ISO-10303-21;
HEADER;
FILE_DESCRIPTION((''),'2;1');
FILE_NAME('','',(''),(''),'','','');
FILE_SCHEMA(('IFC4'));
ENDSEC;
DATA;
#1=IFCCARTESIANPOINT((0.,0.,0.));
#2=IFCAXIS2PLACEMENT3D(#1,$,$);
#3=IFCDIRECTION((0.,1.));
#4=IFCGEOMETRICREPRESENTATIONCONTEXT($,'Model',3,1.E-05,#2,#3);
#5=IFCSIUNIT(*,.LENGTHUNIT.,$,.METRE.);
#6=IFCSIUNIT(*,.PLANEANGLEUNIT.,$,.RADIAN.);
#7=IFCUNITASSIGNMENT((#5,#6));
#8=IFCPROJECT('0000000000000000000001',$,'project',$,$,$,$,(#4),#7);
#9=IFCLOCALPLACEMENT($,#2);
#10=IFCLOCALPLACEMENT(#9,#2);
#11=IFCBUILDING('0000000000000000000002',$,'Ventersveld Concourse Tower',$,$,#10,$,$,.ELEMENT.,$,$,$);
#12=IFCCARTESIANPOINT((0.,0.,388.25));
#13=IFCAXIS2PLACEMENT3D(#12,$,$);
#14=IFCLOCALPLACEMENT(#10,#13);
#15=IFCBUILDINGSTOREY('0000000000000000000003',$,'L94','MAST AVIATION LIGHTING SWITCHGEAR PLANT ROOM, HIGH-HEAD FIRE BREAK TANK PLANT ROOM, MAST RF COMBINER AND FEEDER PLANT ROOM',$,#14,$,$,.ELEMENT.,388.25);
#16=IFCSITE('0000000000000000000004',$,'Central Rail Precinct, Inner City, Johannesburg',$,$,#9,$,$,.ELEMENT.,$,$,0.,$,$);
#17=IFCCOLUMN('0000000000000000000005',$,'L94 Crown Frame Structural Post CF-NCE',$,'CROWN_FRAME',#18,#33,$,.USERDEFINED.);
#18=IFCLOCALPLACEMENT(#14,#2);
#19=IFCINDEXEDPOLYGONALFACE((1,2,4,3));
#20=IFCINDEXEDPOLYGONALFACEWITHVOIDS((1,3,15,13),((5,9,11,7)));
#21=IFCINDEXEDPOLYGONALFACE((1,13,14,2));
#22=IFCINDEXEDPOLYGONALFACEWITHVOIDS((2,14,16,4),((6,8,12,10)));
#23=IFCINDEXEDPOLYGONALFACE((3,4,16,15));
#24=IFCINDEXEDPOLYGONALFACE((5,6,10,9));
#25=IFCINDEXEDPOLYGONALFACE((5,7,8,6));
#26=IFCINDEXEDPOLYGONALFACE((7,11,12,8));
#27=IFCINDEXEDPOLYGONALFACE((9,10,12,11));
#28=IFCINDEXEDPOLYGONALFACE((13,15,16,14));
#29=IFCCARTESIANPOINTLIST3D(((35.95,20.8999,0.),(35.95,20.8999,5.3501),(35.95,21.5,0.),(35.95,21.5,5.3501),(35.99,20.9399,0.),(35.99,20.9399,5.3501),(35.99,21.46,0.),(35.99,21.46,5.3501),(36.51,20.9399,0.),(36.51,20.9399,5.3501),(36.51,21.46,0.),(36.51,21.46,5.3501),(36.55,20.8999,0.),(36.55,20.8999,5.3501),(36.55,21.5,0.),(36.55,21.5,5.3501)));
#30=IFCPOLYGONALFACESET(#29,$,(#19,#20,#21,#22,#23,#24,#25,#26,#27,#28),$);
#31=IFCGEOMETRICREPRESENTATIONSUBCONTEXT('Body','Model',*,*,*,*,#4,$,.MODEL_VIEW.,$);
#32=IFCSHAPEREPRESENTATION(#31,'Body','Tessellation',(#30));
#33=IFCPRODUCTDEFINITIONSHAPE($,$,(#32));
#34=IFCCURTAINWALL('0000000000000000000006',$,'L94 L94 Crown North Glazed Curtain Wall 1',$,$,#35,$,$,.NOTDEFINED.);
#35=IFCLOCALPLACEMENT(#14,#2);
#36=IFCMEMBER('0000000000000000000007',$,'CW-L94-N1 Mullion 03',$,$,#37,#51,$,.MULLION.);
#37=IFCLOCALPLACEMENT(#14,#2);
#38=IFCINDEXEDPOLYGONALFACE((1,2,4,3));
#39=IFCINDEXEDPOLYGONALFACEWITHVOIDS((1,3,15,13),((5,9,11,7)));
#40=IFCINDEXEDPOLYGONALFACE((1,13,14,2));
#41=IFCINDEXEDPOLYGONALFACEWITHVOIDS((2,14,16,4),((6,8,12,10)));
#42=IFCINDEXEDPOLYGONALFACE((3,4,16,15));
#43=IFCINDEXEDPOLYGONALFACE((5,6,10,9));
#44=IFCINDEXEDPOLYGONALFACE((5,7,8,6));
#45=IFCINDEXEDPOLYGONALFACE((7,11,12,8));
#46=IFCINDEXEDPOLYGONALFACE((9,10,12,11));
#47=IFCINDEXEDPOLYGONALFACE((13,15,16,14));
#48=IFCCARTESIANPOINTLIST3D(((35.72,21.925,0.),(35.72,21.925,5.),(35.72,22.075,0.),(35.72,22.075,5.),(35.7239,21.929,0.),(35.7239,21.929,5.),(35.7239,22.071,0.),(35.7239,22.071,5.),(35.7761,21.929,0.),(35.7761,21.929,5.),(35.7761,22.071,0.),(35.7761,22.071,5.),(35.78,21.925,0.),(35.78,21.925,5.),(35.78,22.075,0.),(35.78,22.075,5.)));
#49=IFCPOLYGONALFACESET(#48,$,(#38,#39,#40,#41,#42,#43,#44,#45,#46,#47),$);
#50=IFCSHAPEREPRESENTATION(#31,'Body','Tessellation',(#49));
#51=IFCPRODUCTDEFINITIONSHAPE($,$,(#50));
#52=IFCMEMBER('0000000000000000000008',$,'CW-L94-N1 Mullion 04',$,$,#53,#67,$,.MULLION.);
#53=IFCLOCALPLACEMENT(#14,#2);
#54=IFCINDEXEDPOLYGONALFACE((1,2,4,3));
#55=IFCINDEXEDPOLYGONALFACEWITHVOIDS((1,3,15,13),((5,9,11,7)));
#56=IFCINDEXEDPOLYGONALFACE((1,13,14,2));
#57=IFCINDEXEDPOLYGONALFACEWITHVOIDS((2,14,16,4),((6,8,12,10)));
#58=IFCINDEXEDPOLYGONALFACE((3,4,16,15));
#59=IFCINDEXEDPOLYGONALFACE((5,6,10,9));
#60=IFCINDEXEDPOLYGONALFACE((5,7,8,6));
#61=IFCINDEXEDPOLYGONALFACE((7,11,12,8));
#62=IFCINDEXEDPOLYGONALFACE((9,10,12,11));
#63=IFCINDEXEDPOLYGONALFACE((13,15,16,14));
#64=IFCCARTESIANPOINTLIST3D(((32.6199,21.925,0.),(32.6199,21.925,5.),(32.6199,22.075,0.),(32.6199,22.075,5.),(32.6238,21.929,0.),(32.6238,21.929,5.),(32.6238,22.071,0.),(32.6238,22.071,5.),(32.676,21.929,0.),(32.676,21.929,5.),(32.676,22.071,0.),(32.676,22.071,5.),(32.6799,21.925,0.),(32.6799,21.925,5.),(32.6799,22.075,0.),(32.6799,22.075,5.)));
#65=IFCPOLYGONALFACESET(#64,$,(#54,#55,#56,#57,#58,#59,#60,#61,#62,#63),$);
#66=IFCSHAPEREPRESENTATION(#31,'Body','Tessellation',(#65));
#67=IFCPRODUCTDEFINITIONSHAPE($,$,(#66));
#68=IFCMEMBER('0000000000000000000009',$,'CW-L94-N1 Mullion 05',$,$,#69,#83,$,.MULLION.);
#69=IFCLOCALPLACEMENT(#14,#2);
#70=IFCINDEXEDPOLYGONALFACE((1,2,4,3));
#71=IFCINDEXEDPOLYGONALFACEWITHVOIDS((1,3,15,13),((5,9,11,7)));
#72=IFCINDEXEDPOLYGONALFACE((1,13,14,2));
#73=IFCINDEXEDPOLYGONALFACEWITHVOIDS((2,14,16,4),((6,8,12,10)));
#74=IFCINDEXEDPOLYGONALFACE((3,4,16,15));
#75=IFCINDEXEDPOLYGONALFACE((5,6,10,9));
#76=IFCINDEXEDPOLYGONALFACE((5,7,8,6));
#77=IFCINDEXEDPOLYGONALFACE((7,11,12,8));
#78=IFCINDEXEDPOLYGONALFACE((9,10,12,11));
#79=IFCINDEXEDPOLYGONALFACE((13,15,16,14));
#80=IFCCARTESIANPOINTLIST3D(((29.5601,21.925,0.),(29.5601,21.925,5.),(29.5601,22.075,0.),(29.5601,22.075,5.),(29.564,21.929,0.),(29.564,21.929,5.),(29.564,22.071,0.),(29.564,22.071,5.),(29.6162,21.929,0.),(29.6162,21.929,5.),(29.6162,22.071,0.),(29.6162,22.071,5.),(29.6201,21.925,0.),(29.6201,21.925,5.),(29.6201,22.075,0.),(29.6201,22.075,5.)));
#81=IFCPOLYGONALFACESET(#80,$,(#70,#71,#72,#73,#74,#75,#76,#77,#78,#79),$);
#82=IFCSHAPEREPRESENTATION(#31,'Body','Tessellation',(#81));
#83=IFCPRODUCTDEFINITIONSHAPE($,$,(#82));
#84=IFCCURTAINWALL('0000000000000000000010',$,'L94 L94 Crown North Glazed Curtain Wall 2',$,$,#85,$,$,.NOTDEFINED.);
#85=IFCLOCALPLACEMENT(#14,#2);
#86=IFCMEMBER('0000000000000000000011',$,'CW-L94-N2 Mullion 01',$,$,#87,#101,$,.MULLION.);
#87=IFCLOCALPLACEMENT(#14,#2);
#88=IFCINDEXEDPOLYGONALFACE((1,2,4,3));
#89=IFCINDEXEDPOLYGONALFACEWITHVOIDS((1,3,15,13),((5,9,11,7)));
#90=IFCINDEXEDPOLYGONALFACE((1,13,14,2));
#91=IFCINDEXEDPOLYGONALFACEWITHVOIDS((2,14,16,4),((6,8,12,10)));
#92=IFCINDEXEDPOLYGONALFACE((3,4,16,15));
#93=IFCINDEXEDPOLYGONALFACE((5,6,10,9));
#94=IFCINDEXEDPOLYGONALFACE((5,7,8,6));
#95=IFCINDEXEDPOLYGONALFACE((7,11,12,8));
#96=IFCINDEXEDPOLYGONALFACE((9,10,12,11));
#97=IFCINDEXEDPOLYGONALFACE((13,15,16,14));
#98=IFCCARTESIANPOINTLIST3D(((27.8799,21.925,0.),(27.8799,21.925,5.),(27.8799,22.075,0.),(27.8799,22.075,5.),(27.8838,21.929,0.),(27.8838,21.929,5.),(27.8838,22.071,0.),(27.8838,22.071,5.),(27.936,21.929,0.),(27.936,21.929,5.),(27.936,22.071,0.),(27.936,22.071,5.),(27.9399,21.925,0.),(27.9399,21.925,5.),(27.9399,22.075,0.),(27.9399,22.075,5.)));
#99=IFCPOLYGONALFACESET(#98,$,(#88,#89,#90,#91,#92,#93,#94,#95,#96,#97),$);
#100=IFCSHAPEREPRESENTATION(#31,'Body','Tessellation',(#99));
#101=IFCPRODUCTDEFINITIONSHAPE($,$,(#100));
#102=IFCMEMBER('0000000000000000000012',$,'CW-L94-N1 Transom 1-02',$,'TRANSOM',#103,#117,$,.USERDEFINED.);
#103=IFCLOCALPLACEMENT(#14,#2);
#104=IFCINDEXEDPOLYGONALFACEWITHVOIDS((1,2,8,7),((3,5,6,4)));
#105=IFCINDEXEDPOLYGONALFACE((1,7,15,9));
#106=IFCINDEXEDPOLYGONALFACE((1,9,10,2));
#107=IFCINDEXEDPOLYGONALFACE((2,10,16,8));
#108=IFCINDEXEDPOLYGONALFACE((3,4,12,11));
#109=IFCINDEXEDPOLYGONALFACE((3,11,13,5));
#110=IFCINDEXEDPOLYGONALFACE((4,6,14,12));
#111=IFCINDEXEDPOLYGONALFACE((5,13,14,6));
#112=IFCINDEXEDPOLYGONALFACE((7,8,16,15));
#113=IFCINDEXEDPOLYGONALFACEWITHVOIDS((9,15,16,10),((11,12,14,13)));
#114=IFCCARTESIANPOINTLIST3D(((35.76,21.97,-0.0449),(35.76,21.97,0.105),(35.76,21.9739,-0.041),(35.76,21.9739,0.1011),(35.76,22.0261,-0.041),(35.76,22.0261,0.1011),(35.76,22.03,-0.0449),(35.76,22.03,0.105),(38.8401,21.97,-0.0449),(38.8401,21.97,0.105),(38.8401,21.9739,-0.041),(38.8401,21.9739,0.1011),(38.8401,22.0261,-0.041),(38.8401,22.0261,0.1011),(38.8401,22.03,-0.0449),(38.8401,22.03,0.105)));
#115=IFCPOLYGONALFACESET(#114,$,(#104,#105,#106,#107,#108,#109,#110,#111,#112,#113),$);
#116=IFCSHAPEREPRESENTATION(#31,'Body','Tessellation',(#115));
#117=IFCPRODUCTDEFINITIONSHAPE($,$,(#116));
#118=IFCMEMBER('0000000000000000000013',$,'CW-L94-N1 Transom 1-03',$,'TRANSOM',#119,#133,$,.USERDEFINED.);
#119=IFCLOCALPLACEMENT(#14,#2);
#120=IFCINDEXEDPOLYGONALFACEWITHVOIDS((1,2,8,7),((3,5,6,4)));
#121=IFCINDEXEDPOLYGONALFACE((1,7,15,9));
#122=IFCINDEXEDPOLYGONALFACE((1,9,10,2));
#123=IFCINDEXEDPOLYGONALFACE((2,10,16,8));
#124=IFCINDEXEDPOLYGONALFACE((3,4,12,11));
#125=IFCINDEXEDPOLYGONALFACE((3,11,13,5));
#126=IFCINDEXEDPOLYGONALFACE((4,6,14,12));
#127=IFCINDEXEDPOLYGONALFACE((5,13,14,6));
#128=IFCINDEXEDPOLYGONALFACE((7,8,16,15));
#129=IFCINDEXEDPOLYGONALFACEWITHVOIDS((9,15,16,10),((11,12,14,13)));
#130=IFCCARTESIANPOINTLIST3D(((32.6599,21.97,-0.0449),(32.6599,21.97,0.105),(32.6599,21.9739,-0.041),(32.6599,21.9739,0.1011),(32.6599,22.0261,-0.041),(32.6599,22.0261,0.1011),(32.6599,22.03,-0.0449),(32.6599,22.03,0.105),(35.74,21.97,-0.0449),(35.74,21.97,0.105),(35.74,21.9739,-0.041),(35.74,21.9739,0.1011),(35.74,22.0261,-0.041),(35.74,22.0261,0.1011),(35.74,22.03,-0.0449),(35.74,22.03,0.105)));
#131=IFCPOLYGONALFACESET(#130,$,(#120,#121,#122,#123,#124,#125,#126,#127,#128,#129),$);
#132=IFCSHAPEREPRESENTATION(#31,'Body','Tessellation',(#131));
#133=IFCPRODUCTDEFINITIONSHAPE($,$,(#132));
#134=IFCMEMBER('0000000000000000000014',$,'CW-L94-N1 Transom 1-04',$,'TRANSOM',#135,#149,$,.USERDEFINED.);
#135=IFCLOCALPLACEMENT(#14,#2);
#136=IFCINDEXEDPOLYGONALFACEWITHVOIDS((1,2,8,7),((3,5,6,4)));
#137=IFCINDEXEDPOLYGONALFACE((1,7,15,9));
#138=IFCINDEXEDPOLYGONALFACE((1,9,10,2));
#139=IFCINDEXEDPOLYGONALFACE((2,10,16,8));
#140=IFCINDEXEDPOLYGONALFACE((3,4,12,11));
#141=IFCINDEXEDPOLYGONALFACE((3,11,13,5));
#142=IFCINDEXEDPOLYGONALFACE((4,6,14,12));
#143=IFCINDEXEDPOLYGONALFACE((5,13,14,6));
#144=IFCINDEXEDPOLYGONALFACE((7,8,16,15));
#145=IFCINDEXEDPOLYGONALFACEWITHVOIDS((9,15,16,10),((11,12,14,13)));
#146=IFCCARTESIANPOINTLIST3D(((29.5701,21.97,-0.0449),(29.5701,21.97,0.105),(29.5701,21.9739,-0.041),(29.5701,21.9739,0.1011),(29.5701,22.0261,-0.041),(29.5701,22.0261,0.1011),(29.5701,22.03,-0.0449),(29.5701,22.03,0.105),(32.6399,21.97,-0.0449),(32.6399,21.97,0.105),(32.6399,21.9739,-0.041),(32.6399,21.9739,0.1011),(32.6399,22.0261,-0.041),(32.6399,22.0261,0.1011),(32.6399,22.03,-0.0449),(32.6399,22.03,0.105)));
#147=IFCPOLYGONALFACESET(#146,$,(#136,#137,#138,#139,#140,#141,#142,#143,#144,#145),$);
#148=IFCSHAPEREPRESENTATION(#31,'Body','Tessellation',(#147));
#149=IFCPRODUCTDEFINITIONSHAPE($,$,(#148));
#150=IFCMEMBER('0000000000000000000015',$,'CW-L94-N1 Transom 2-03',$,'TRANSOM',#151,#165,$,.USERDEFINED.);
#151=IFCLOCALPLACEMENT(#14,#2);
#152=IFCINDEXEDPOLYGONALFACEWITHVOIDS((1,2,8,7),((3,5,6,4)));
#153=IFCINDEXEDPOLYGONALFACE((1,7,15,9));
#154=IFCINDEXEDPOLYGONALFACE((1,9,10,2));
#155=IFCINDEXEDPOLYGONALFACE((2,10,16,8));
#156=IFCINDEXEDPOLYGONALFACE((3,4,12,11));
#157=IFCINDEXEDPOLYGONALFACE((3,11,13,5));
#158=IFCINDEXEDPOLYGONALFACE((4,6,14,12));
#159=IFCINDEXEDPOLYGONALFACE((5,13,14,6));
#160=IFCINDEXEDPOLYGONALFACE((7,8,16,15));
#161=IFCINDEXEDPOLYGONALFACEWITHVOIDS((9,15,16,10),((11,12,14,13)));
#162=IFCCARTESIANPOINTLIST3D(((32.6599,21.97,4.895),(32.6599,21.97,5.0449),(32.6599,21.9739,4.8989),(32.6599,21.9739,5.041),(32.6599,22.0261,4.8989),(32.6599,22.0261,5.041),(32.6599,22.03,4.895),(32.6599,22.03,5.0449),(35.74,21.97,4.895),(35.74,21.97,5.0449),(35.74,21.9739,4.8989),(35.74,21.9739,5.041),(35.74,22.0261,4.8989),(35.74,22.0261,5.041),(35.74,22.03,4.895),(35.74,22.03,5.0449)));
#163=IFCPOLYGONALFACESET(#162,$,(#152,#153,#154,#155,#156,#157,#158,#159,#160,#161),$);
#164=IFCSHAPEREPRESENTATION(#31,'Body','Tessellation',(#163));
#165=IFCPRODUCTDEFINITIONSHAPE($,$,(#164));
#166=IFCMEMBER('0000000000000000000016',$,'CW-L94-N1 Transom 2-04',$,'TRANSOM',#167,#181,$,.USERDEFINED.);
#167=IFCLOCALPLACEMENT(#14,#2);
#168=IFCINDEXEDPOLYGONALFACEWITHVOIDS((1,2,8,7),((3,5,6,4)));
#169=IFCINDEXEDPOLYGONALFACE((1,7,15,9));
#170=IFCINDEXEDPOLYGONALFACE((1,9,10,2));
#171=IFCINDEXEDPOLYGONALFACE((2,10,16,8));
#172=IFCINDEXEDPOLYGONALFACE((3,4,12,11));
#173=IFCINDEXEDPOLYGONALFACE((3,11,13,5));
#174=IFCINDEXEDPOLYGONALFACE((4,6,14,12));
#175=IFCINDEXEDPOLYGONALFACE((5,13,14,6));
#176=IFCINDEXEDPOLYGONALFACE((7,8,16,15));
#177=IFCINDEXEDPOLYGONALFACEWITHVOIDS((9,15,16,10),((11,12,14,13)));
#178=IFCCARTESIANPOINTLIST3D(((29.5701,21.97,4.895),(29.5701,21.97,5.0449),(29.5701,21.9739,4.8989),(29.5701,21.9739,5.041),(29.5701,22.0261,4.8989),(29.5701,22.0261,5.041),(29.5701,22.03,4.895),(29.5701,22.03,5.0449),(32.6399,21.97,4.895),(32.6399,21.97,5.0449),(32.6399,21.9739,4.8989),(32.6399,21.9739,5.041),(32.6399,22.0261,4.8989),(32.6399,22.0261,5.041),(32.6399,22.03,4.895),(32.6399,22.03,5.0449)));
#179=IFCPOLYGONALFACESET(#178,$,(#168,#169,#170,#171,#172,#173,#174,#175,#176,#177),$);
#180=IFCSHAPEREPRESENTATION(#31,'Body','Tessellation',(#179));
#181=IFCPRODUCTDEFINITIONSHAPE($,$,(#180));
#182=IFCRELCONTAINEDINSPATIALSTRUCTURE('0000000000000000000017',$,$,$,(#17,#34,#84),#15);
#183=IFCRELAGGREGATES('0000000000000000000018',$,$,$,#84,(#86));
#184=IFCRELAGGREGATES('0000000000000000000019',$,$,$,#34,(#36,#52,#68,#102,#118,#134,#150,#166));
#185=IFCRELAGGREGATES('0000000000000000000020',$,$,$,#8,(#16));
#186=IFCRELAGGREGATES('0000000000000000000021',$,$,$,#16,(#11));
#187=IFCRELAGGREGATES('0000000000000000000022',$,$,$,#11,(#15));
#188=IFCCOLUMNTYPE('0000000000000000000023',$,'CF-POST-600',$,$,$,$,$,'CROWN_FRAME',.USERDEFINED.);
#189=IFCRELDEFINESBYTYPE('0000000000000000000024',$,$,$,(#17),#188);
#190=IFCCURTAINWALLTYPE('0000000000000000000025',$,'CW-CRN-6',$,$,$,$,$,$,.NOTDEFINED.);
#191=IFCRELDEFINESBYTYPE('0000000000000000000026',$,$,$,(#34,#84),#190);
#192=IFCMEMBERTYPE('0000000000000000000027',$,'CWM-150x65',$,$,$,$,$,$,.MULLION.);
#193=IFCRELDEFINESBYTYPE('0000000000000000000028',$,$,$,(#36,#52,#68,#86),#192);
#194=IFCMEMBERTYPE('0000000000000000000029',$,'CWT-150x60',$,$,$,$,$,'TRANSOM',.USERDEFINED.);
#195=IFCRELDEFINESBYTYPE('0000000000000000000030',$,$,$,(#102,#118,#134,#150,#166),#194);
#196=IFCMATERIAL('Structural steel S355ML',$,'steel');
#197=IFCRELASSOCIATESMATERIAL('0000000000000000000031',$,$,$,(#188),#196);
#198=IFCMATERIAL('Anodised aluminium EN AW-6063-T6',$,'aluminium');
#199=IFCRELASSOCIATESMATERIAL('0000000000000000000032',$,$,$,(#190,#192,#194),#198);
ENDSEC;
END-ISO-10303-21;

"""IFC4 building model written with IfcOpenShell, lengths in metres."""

from ifc_helpers import new_model, si_unit, direction, frame, origin, origin_2d, place, context, subcontext, project, spatial, hollow_rectangle, extrude, material, material_profile, profile_set, type_object, element, aggregate, save


model = new_model("IFC4")

# Units and contexts
model_context = context("Model", 3, precision=1e-05, world=origin(), true_north=direction((0.0, 1.0)))
body_context = subcontext(model_context, "Body", "Model", "MODEL_VIEW")
ifc_project = project(units=[si_unit("LENGTHUNIT", "METRE"), si_unit("PLANEANGLEUNIT", "RADIAN")], contexts=[model_context])

# Site, building, storey
site_placement = place(None, origin())
site = spatial("IfcSite", under=ifc_project, at=site_placement, Name="Central Rail Precinct, Inner City, Johannesburg", CompositionType="ELEMENT", RefElevation=0.0)
building_placement = place(site_placement, origin())
building = spatial("IfcBuilding", under=site, at=building_placement, Name="Ventersveld Concourse Tower", CompositionType="ELEMENT")
storey_placement = place(building_placement, frame((0.0, 0.0, 388.25)))
storey = spatial("IfcBuildingStorey", under=building, at=storey_placement, Name="L94", Description="MAST AVIATION LIGHTING SWITCHGEAR PLANT ROOM, HIGH-HEAD FIRE BREAK TANK PLANT ROOM, MAST RF COMBINER AND FEEDER PLANT ROOM", CompositionType="ELEMENT", Elevation=388.25)

# Column
ifc_material_1 = material(Name="Structural steel S355ML", Category="steel")
ifc_material_profile_1 = material_profile(ifc_material_1, hollow_rectangle(XDim=0.6001, YDim=0.6001, WallThickness=0.04, at=origin_2d()), Name="BOX 600x600x40")
ifc_profile_set_1 = profile_set([ifc_material_profile_1], Name="Structural steel S355ML")
column_type = type_object("IfcColumnType", Name="CF-POST-600", ElementType="CROWN_FRAME", PredefinedType="USERDEFINED", material=ifc_profile_set_1)
column_placement = place(storey_placement, frame((36.25, 21.2, 0.0), z_axis=(0.0, 0.0, 1.0), x_axis=(1.0, 0.0, 0.0)))
element("IfcColumn", 1, at=column_placement, inside=storey, type_object=column_type, Name="L94 Crown Frame Structural Post CF-NCE", ObjectType="CROWN_FRAME", PredefinedType="USERDEFINED", context=body_context, shape_type="SweptSolid", body=[
    extrude(hollow_rectangle(XDim=0.6001, YDim=0.6001, WallThickness=0.04, at=origin_2d()), origin(), (0.0, 0.0, 1.0), 5.3501),
])

# Curtain wall, members
ifc_material_2 = material(Name="Anodised aluminium EN AW-6063-T6", Category="aluminium")
curtain_wall_type = type_object("IfcCurtainWallType", Name="CW-CRN-6", PredefinedType="NOTDEFINED", material=ifc_material_2)
curtain_wall_1_placement = place(storey_placement, origin())
curtain_wall_1 = element("IfcCurtainWall", 2, at=curtain_wall_1_placement, inside=storey, type_object=curtain_wall_type, Name="L94 L94 Crown North Glazed Curtain Wall 1", PredefinedType="NOTDEFINED")
ifc_material_profile_2 = material_profile(ifc_material_2, hollow_rectangle(XDim=0.0601, YDim=0.1499, WallThickness=0.0039, at=origin_2d()), Name="ALU 150x60x4")
ifc_profile_set_2 = profile_set([ifc_material_profile_2], Name="Anodised aluminium EN AW-6063-T6")
member_type_1 = type_object("IfcMemberType", Name="CWM-150x65", PredefinedType="MULLION", material=ifc_profile_set_2)
member_1_placement = place(storey_placement, frame((35.75, 22.0, 0.0), z_axis=(0.0, 0.0, 1.0), x_axis=(1.0, 0.0, 0.0)))
member_1 = element("IfcMember", 3, at=member_1_placement, type_object=member_type_1, Name="CW-L94-N1 Mullion 03", PredefinedType="MULLION", context=body_context, shape_type="SweptSolid", body=[
    extrude(hollow_rectangle(XDim=0.0601, YDim=0.1499, WallThickness=0.0039, at=origin_2d()), origin(), (0.0, 0.0, 1.0), 5.0),
])
member_2_placement = place(storey_placement, frame((32.6499, 22.0, 0.0), z_axis=(0.0, 0.0, 1.0), x_axis=(1.0, 0.0, 0.0)))
member_2 = element("IfcMember", 4, at=member_2_placement, type_object=member_type_1, Name="CW-L94-N1 Mullion 04", PredefinedType="MULLION", context=body_context, shape_type="SweptSolid", body=[
    extrude(hollow_rectangle(XDim=0.0601, YDim=0.1499, WallThickness=0.0039, at=origin_2d()), origin(), (0.0, 0.0, 1.0), 5.0),
])
member_3_placement = place(storey_placement, frame((29.5901, 22.0, 0.0), z_axis=(0.0, 0.0, 1.0), x_axis=(1.0, 0.0, 0.0)))
member_3 = element("IfcMember", 5, at=member_3_placement, type_object=member_type_1, Name="CW-L94-N1 Mullion 05", PredefinedType="MULLION", context=body_context, shape_type="SweptSolid", body=[
    extrude(hollow_rectangle(XDim=0.0601, YDim=0.1499, WallThickness=0.0039, at=origin_2d()), origin(), (0.0, 0.0, 1.0), 5.0),
])

# Curtain wall, member
curtain_wall_2_placement = place(storey_placement, origin())
curtain_wall_2 = element("IfcCurtainWall", 6, at=curtain_wall_2_placement, inside=storey, type_object=curtain_wall_type, Name="L94 L94 Crown North Glazed Curtain Wall 2", PredefinedType="NOTDEFINED")
member_4_placement = place(storey_placement, frame((27.9099, 22.0, 0.0), z_axis=(0.0, 0.0, 1.0), x_axis=(1.0, 0.0, 0.0)))
member_4 = element("IfcMember", 7, at=member_4_placement, type_object=member_type_1, Name="CW-L94-N2 Mullion 01", PredefinedType="MULLION", context=body_context, shape_type="SweptSolid", body=[
    extrude(hollow_rectangle(XDim=0.0601, YDim=0.1499, WallThickness=0.0039, at=origin_2d()), origin(), (0.0, 0.0, 1.0), 5.0),
])

# Members
ifc_material_profile_3 = material_profile(ifc_material_2, hollow_rectangle(XDim=0.0601, YDim=0.1499, WallThickness=0.0039, at=origin_2d()), Name="ALU 150x60x4")
ifc_profile_set_3 = profile_set([ifc_material_profile_3], Name="Anodised aluminium EN AW-6063-T6")
member_type_2 = type_object("IfcMemberType", Name="CWT-150x60", ElementType="TRANSOM", PredefinedType="USERDEFINED", material=ifc_profile_set_3)
member_5_placement = place(storey_placement, frame((38.8401, 22.0, 0.03), z_axis=(-1.0, 0.0, 0.0), x_axis=(0.0, -1.0, 0.0)))
member_5 = element("IfcMember", 8, at=member_5_placement, type_object=member_type_2, Name="CW-L94-N1 Transom 1-02", ObjectType="TRANSOM", PredefinedType="USERDEFINED", context=body_context, shape_type="SweptSolid", body=[
    extrude(hollow_rectangle(XDim=0.0601, YDim=0.1499, WallThickness=0.0039, at=origin_2d()), origin(), (0.0, 0.0, 1.0), 3.0801),
])
member_6_placement = place(storey_placement, frame((35.74, 22.0, 0.03), z_axis=(-1.0, 0.0, 0.0), x_axis=(0.0, -1.0, 0.0)))
member_6 = element("IfcMember", 9, at=member_6_placement, type_object=member_type_2, Name="CW-L94-N1 Transom 1-03", ObjectType="TRANSOM", PredefinedType="USERDEFINED", context=body_context, shape_type="SweptSolid", body=[
    extrude(hollow_rectangle(XDim=0.0601, YDim=0.1499, WallThickness=0.0039, at=origin_2d()), origin(), (0.0, 0.0, 1.0), 3.0801),
])
member_7_placement = place(storey_placement, frame((32.6399, 22.0, 0.03), z_axis=(-1.0, 0.0, 0.0), x_axis=(0.0, -1.0, 0.0)))
member_7 = element("IfcMember", 10, at=member_7_placement, type_object=member_type_2, Name="CW-L94-N1 Transom 1-04", ObjectType="TRANSOM", PredefinedType="USERDEFINED", context=body_context, shape_type="SweptSolid", body=[
    extrude(hollow_rectangle(XDim=0.0601, YDim=0.1499, WallThickness=0.0039, at=origin_2d()), origin(), (0.0, 0.0, 1.0), 3.0698),
])
member_8_placement = place(storey_placement, frame((35.74, 22.0, 4.97), z_axis=(-1.0, 0.0, 0.0), x_axis=(0.0, -1.0, 0.0)))
member_8 = element("IfcMember", 11, at=member_8_placement, type_object=member_type_2, Name="CW-L94-N1 Transom 2-03", ObjectType="TRANSOM", PredefinedType="USERDEFINED", context=body_context, shape_type="SweptSolid", body=[
    extrude(hollow_rectangle(XDim=0.0601, YDim=0.1499, WallThickness=0.0039, at=origin_2d()), origin(), (0.0, 0.0, 1.0), 3.0801),
])
member_9_placement = place(storey_placement, frame((32.6399, 22.0, 4.97), z_axis=(-1.0, 0.0, 0.0), x_axis=(0.0, -1.0, 0.0)))
member_9 = element("IfcMember", 12, at=member_9_placement, type_object=member_type_2, Name="CW-L94-N1 Transom 2-04", ObjectType="TRANSOM", PredefinedType="USERDEFINED", context=body_context, shape_type="SweptSolid", body=[
    extrude(hollow_rectangle(XDim=0.0601, YDim=0.1499, WallThickness=0.0039, at=origin_2d()), origin(), (0.0, 0.0, 1.0), 3.0698),
])
aggregate(curtain_wall_2, [member_4])

aggregate(curtain_wall_1, [member_1, member_2, member_3, member_5, member_6, member_7, member_8, member_9])

save(model, "model.ifc")
